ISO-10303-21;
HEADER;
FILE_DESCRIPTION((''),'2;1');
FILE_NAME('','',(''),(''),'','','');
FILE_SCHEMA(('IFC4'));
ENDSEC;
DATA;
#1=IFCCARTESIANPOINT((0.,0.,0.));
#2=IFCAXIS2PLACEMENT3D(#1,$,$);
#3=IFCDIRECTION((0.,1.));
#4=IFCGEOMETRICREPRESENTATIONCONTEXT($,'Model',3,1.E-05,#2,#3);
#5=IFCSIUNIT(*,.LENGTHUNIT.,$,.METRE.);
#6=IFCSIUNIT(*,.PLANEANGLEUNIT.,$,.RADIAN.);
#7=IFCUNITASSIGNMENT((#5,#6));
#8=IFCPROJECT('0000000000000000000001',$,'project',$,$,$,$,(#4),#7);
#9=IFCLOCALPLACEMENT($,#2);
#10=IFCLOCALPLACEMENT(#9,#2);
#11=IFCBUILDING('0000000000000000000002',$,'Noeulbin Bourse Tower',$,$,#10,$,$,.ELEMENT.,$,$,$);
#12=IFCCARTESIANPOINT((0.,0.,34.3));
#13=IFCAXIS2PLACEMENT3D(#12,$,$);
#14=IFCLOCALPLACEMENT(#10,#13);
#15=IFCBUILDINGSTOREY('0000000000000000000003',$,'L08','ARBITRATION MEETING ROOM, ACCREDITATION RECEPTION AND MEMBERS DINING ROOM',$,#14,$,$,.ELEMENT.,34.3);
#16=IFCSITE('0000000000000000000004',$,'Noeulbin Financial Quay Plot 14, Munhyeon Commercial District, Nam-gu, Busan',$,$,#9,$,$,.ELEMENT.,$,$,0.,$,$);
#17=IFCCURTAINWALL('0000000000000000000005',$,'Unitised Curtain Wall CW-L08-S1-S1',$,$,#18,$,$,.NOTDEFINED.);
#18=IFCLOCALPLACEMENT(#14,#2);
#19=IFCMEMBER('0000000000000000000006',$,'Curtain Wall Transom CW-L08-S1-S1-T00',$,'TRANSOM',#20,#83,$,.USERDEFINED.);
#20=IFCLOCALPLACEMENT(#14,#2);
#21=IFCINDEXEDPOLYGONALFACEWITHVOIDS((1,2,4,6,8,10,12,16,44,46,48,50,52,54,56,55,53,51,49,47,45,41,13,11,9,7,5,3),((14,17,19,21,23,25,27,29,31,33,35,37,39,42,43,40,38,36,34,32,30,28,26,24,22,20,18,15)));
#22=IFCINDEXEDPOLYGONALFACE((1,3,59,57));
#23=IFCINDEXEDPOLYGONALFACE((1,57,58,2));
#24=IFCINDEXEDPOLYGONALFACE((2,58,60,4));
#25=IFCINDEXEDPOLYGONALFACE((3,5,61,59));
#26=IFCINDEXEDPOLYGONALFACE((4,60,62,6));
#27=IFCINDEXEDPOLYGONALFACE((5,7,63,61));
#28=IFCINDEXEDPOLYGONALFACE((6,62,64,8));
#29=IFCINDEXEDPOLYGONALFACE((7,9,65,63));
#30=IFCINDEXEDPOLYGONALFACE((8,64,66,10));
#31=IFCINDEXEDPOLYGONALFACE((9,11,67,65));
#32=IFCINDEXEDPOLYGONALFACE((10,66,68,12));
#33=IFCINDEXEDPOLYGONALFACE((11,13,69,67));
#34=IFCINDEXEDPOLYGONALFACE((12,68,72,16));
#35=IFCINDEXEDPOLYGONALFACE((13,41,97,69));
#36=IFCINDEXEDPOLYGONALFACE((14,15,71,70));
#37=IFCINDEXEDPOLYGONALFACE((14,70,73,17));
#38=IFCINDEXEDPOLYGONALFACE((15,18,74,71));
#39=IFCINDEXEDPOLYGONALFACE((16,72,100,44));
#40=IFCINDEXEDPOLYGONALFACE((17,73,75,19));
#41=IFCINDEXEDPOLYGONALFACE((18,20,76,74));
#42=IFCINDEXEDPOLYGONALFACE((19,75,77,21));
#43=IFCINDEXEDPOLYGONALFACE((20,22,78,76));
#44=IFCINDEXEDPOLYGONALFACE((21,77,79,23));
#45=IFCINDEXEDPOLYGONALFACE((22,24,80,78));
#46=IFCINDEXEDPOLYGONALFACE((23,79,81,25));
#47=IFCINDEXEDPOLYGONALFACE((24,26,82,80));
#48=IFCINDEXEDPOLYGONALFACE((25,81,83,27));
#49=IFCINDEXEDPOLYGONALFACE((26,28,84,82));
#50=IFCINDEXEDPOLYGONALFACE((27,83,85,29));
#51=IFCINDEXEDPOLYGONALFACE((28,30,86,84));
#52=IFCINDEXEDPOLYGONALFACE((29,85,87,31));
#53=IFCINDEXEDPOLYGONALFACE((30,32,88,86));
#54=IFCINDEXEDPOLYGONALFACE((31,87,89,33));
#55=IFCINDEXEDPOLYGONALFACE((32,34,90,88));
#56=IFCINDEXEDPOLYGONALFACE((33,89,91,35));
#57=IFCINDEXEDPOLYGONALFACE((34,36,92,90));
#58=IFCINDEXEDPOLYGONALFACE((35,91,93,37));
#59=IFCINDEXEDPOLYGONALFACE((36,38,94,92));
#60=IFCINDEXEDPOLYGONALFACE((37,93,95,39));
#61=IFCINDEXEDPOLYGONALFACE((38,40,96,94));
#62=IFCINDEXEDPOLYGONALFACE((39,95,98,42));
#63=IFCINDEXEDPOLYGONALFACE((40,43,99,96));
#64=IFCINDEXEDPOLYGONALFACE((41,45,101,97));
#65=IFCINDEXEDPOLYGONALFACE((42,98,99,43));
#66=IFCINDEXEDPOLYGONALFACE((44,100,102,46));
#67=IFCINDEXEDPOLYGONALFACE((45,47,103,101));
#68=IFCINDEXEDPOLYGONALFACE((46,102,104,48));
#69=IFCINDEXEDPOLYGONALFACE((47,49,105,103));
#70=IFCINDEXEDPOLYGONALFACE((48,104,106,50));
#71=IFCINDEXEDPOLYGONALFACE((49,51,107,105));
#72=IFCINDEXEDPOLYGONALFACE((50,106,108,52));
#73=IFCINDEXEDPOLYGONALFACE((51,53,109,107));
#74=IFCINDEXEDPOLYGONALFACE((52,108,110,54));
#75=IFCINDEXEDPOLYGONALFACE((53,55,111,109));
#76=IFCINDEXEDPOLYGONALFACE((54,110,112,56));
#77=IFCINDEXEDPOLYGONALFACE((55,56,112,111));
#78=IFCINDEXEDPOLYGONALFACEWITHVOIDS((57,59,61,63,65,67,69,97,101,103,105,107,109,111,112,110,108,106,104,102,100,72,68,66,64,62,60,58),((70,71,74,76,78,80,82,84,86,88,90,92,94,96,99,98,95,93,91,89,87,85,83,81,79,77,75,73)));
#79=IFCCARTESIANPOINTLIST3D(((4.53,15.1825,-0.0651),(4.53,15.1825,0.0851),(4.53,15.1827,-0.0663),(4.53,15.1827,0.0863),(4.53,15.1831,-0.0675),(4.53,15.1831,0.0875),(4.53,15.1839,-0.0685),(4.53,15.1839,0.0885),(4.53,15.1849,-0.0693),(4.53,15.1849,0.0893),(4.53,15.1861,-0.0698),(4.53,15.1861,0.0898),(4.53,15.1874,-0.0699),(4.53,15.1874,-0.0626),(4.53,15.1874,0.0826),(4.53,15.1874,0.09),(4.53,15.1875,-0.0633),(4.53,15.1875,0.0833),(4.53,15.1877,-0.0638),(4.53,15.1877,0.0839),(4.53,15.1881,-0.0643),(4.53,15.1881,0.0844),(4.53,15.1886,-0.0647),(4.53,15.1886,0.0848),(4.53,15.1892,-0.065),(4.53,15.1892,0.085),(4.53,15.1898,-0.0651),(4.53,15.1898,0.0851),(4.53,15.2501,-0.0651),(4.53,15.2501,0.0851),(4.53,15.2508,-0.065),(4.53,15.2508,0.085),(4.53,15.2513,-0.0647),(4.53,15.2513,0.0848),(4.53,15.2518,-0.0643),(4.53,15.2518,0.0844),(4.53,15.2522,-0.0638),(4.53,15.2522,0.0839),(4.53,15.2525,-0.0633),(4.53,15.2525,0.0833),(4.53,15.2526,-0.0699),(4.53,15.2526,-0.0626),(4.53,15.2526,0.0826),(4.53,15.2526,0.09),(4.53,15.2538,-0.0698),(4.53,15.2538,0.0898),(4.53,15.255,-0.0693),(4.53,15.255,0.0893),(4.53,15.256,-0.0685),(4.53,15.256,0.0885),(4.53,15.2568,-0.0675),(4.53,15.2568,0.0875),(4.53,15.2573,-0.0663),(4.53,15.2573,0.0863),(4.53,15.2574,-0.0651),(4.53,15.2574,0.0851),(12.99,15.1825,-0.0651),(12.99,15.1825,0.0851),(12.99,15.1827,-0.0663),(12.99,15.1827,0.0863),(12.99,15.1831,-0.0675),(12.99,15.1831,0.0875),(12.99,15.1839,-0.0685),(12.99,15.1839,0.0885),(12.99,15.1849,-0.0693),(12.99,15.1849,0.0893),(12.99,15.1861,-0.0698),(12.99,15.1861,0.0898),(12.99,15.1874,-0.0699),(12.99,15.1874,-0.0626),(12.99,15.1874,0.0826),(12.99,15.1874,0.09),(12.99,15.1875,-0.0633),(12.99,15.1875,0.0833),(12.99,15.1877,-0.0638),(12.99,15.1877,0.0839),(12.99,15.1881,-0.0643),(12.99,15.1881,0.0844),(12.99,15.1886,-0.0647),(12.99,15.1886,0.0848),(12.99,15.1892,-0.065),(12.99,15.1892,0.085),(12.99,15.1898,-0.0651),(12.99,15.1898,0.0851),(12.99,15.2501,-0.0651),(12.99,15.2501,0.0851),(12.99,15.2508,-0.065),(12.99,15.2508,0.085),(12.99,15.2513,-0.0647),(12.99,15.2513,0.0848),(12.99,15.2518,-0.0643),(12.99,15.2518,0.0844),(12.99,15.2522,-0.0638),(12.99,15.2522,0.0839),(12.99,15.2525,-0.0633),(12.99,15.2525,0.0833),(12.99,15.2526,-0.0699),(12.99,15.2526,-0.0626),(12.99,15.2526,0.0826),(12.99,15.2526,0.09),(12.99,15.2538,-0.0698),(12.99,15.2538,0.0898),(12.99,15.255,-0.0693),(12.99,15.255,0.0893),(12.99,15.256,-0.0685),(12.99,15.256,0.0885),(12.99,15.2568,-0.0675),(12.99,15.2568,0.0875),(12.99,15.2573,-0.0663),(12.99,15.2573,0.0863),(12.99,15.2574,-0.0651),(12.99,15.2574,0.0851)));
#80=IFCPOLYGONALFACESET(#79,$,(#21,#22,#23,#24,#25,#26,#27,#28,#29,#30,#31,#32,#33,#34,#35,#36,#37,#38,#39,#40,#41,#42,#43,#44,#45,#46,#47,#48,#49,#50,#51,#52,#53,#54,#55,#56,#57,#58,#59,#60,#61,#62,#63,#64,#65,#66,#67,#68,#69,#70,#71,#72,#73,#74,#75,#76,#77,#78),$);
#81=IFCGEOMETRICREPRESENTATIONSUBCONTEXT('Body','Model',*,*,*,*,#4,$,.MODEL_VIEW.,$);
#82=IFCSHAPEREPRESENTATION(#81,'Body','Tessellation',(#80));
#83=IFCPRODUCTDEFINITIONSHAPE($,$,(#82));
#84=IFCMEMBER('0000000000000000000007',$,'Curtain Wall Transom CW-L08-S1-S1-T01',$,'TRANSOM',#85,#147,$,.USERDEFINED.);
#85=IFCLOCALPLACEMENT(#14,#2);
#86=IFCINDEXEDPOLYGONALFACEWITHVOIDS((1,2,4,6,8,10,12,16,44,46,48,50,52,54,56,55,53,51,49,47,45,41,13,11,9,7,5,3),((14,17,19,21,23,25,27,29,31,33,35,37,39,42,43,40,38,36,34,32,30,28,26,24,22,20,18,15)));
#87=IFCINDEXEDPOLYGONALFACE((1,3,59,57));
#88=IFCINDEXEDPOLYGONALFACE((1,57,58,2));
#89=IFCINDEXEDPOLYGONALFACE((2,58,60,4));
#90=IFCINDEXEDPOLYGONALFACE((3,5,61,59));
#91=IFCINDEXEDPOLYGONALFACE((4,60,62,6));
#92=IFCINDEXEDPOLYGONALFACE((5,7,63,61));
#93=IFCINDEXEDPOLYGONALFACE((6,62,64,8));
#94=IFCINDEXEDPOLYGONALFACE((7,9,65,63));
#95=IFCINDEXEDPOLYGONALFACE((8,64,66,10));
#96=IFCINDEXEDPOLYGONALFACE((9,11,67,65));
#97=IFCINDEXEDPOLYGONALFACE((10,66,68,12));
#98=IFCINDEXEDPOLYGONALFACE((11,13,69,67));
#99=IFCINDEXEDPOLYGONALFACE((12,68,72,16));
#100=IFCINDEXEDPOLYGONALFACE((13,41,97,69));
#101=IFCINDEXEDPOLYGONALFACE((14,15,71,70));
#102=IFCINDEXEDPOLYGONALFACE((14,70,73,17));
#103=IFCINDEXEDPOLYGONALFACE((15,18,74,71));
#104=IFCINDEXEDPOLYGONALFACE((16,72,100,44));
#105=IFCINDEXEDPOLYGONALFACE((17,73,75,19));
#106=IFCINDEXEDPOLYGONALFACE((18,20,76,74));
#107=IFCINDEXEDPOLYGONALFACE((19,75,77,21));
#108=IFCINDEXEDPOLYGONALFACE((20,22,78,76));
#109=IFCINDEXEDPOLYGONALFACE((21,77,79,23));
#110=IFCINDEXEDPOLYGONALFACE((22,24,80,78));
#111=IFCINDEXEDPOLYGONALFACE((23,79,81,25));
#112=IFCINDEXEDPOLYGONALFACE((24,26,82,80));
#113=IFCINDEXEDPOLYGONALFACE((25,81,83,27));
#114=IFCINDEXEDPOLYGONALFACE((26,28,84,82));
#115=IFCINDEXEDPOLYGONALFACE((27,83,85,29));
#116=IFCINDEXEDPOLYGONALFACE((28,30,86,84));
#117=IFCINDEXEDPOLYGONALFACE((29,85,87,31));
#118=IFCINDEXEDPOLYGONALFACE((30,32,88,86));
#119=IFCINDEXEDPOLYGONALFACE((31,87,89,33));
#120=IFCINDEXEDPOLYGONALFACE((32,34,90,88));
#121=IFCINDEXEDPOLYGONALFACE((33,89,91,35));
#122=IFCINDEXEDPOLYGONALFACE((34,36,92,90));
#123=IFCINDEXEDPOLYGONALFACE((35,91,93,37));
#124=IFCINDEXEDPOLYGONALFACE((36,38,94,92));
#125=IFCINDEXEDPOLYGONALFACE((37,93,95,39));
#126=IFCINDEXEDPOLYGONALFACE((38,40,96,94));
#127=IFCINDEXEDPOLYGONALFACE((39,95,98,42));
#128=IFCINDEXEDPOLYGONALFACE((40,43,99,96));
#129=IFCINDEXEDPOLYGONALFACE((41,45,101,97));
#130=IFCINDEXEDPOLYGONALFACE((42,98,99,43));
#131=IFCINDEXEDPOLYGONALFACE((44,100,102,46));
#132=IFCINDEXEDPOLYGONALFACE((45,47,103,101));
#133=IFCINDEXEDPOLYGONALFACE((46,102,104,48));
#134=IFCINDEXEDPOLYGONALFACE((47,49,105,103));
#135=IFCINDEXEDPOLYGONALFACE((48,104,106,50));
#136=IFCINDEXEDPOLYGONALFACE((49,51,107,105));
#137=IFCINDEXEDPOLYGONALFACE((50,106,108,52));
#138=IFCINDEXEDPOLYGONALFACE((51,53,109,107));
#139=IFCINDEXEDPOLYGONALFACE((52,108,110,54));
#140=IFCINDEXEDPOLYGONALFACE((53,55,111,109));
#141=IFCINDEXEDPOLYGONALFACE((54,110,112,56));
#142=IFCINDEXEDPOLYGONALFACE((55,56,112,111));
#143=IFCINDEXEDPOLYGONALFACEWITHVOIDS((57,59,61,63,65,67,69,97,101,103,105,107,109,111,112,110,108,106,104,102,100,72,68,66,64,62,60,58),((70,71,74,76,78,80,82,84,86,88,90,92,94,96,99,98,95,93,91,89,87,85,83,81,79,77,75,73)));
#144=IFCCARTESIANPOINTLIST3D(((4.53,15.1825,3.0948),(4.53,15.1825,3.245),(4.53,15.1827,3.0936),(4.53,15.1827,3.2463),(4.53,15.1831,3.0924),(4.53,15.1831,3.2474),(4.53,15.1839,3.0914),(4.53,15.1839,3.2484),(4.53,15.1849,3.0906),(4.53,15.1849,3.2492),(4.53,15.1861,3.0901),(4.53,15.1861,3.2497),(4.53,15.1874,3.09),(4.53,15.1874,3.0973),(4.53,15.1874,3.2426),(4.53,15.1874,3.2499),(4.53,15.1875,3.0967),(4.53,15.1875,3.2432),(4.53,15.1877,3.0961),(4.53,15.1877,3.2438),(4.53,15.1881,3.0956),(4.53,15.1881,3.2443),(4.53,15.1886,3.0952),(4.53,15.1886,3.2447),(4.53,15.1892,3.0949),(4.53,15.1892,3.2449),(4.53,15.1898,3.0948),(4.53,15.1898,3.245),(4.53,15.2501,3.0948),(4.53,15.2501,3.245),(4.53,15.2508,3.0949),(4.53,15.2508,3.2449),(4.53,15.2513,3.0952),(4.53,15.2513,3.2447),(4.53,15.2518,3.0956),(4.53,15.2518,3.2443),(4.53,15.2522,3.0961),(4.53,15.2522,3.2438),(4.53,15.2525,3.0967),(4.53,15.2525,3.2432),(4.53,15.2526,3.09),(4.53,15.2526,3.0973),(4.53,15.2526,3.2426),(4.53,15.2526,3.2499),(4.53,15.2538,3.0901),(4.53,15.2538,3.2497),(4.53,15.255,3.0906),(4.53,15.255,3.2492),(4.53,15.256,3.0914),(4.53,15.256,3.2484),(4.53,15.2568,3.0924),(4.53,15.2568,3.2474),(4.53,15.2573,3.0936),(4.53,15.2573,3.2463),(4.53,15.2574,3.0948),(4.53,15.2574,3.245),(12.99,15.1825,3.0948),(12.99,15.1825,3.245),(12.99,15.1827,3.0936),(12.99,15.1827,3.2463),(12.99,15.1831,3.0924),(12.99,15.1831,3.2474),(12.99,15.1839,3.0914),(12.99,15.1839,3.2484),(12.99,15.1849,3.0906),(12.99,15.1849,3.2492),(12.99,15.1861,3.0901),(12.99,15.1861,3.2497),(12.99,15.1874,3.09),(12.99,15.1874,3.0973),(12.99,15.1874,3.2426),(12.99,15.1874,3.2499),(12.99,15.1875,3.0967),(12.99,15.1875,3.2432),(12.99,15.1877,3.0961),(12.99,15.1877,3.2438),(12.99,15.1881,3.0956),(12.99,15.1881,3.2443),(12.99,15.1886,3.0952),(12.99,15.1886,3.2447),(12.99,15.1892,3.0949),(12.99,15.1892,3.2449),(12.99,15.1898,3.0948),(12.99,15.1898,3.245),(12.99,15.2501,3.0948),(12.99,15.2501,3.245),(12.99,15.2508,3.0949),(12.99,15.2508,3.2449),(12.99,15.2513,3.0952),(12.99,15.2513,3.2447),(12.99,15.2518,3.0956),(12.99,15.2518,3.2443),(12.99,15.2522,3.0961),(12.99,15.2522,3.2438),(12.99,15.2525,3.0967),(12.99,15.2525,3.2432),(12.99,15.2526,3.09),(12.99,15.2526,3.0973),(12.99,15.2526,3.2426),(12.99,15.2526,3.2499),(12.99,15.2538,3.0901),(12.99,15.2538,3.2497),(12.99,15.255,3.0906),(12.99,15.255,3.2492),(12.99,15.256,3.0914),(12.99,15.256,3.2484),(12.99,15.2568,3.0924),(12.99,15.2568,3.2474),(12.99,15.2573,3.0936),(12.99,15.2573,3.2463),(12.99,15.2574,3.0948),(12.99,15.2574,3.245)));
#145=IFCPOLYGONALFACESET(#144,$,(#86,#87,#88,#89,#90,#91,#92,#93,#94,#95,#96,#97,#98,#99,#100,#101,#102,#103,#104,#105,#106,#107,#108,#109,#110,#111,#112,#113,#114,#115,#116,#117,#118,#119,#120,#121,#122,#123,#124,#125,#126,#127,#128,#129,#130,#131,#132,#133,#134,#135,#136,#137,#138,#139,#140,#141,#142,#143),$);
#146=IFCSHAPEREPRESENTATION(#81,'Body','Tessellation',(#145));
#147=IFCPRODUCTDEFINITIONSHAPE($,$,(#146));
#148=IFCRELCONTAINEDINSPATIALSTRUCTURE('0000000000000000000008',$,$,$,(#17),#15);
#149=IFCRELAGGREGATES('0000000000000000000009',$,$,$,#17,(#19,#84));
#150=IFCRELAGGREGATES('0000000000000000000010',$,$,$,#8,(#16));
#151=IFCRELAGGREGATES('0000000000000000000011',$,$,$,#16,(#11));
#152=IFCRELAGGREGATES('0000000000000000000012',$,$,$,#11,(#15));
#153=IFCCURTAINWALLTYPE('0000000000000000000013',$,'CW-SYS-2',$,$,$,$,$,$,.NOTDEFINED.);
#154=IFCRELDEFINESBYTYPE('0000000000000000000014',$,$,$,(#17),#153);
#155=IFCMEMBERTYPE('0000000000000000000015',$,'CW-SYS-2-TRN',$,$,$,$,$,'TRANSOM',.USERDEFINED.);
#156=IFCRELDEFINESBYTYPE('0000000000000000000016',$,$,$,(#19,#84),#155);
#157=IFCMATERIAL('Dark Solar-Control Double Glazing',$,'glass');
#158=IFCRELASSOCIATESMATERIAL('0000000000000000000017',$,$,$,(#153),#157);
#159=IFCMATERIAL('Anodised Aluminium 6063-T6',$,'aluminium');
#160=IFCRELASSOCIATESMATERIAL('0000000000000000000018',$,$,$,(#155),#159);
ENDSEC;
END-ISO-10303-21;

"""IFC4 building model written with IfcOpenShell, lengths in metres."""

from ifc_helpers import new_model, si_unit, direction, frame, origin, origin_2d, place, context, subcontext, project, spatial, hollow_rectangle, extrude, material, material_profile, profile_set, type_object, element, aggregate, save


model = new_model("IFC4")

# Units and contexts
model_context = context("Model", 3, precision=1e-05, world=origin(), true_north=direction((0.0, 1.0)))
body_context = subcontext(model_context, "Body", "Model", "MODEL_VIEW")
ifc_project = project(units=[si_unit("LENGTHUNIT", "METRE"), si_unit("PLANEANGLEUNIT", "RADIAN")], contexts=[model_context])

# Site, building, storey
site_placement = place(None, origin())
site = spatial("IfcSite", under=ifc_project, at=site_placement, Name="Noeulbin Financial Quay Plot 14, Munhyeon Commercial District, Nam-gu, Busan", CompositionType="ELEMENT", RefElevation=0.0)
building_placement = place(site_placement, origin())
building = spatial("IfcBuilding", under=site, at=building_placement, Name="Noeulbin Bourse Tower", CompositionType="ELEMENT")
storey_placement = place(building_placement, frame((0.0, 0.0, 34.3)))
storey = spatial("IfcBuildingStorey", under=building, at=storey_placement, Name="L08", Description="ARBITRATION MEETING ROOM, ACCREDITATION RECEPTION AND MEMBERS DINING ROOM", CompositionType="ELEMENT", Elevation=34.3)

# Curtain wall
ifc_material_1 = material(Name="Dark Solar-Control Double Glazing", Category="glass")
curtain_wall_type = type_object("IfcCurtainWallType", Name="CW-SYS-2", PredefinedType="NOTDEFINED", material=ifc_material_1)
curtain_wall_1_placement = place(storey_placement, origin())
curtain_wall_1 = element("IfcCurtainWall", 1, at=curtain_wall_1_placement, inside=storey, type_object=curtain_wall_type, Name="Unitised Curtain Wall CW-L08-S1-S1", PredefinedType="NOTDEFINED")
ifc_material_2 = material(Name="Anodised Aluminium 6063-T6", Category="aluminium")

# Members
ifc_material_profile_1 = material_profile(ifc_material_2, hollow_rectangle(XDim=0.075, YDim=0.1599, WallThickness=0.0049, InnerFilletRadius=0.0024, OuterFilletRadius=0.0049, at=origin_2d()), Name="ALU-TRAN-75x160x5", Category="LoadBearing")
ifc_profile_set_1 = profile_set([ifc_material_profile_1], Name="Anodised Aluminium 6063-T6")
member_type_1 = type_object("IfcMemberType", Name="CW-SYS-2-TRN", ElementType="TRANSOM", PredefinedType="USERDEFINED", material=ifc_profile_set_1)
member_1_placement = place(storey_placement, frame((4.53, 15.22, 0.01), z_axis=(1.0, 0.0, 0.0), x_axis=(0.0, 1.0, 0.0)))
member_1 = element("IfcMember", 2, at=member_1_placement, type_object=member_type_1, Name="Curtain Wall Transom CW-L08-S1-S1-T00", ObjectType="TRANSOM", PredefinedType="USERDEFINED", context=body_context, shape_type="SweptSolid", body=[
    extrude(hollow_rectangle(XDim=0.075, YDim=0.1599, WallThickness=0.0049, InnerFilletRadius=0.0024, OuterFilletRadius=0.0049, at=origin_2d()), origin(), (0.0, 0.0, 1.0), 8.46),
])
member_2_placement = place(storey_placement, frame((4.53, 15.22, 3.1699), z_axis=(1.0, 0.0, 0.0), x_axis=(0.0, 1.0, 0.0)))
member_2 = element("IfcMember", 3, at=member_2_placement, type_object=member_type_1, Name="Curtain Wall Transom CW-L08-S1-S1-T01", ObjectType="TRANSOM", PredefinedType="USERDEFINED", context=body_context, shape_type="SweptSolid", body=[
    extrude(hollow_rectangle(XDim=0.075, YDim=0.1599, WallThickness=0.0049, InnerFilletRadius=0.0024, OuterFilletRadius=0.0049, at=origin_2d()), origin(), (0.0, 0.0, 1.0), 8.46),
])

aggregate(curtain_wall_1, [member_1, member_2])

save(model, "model.ifc")
